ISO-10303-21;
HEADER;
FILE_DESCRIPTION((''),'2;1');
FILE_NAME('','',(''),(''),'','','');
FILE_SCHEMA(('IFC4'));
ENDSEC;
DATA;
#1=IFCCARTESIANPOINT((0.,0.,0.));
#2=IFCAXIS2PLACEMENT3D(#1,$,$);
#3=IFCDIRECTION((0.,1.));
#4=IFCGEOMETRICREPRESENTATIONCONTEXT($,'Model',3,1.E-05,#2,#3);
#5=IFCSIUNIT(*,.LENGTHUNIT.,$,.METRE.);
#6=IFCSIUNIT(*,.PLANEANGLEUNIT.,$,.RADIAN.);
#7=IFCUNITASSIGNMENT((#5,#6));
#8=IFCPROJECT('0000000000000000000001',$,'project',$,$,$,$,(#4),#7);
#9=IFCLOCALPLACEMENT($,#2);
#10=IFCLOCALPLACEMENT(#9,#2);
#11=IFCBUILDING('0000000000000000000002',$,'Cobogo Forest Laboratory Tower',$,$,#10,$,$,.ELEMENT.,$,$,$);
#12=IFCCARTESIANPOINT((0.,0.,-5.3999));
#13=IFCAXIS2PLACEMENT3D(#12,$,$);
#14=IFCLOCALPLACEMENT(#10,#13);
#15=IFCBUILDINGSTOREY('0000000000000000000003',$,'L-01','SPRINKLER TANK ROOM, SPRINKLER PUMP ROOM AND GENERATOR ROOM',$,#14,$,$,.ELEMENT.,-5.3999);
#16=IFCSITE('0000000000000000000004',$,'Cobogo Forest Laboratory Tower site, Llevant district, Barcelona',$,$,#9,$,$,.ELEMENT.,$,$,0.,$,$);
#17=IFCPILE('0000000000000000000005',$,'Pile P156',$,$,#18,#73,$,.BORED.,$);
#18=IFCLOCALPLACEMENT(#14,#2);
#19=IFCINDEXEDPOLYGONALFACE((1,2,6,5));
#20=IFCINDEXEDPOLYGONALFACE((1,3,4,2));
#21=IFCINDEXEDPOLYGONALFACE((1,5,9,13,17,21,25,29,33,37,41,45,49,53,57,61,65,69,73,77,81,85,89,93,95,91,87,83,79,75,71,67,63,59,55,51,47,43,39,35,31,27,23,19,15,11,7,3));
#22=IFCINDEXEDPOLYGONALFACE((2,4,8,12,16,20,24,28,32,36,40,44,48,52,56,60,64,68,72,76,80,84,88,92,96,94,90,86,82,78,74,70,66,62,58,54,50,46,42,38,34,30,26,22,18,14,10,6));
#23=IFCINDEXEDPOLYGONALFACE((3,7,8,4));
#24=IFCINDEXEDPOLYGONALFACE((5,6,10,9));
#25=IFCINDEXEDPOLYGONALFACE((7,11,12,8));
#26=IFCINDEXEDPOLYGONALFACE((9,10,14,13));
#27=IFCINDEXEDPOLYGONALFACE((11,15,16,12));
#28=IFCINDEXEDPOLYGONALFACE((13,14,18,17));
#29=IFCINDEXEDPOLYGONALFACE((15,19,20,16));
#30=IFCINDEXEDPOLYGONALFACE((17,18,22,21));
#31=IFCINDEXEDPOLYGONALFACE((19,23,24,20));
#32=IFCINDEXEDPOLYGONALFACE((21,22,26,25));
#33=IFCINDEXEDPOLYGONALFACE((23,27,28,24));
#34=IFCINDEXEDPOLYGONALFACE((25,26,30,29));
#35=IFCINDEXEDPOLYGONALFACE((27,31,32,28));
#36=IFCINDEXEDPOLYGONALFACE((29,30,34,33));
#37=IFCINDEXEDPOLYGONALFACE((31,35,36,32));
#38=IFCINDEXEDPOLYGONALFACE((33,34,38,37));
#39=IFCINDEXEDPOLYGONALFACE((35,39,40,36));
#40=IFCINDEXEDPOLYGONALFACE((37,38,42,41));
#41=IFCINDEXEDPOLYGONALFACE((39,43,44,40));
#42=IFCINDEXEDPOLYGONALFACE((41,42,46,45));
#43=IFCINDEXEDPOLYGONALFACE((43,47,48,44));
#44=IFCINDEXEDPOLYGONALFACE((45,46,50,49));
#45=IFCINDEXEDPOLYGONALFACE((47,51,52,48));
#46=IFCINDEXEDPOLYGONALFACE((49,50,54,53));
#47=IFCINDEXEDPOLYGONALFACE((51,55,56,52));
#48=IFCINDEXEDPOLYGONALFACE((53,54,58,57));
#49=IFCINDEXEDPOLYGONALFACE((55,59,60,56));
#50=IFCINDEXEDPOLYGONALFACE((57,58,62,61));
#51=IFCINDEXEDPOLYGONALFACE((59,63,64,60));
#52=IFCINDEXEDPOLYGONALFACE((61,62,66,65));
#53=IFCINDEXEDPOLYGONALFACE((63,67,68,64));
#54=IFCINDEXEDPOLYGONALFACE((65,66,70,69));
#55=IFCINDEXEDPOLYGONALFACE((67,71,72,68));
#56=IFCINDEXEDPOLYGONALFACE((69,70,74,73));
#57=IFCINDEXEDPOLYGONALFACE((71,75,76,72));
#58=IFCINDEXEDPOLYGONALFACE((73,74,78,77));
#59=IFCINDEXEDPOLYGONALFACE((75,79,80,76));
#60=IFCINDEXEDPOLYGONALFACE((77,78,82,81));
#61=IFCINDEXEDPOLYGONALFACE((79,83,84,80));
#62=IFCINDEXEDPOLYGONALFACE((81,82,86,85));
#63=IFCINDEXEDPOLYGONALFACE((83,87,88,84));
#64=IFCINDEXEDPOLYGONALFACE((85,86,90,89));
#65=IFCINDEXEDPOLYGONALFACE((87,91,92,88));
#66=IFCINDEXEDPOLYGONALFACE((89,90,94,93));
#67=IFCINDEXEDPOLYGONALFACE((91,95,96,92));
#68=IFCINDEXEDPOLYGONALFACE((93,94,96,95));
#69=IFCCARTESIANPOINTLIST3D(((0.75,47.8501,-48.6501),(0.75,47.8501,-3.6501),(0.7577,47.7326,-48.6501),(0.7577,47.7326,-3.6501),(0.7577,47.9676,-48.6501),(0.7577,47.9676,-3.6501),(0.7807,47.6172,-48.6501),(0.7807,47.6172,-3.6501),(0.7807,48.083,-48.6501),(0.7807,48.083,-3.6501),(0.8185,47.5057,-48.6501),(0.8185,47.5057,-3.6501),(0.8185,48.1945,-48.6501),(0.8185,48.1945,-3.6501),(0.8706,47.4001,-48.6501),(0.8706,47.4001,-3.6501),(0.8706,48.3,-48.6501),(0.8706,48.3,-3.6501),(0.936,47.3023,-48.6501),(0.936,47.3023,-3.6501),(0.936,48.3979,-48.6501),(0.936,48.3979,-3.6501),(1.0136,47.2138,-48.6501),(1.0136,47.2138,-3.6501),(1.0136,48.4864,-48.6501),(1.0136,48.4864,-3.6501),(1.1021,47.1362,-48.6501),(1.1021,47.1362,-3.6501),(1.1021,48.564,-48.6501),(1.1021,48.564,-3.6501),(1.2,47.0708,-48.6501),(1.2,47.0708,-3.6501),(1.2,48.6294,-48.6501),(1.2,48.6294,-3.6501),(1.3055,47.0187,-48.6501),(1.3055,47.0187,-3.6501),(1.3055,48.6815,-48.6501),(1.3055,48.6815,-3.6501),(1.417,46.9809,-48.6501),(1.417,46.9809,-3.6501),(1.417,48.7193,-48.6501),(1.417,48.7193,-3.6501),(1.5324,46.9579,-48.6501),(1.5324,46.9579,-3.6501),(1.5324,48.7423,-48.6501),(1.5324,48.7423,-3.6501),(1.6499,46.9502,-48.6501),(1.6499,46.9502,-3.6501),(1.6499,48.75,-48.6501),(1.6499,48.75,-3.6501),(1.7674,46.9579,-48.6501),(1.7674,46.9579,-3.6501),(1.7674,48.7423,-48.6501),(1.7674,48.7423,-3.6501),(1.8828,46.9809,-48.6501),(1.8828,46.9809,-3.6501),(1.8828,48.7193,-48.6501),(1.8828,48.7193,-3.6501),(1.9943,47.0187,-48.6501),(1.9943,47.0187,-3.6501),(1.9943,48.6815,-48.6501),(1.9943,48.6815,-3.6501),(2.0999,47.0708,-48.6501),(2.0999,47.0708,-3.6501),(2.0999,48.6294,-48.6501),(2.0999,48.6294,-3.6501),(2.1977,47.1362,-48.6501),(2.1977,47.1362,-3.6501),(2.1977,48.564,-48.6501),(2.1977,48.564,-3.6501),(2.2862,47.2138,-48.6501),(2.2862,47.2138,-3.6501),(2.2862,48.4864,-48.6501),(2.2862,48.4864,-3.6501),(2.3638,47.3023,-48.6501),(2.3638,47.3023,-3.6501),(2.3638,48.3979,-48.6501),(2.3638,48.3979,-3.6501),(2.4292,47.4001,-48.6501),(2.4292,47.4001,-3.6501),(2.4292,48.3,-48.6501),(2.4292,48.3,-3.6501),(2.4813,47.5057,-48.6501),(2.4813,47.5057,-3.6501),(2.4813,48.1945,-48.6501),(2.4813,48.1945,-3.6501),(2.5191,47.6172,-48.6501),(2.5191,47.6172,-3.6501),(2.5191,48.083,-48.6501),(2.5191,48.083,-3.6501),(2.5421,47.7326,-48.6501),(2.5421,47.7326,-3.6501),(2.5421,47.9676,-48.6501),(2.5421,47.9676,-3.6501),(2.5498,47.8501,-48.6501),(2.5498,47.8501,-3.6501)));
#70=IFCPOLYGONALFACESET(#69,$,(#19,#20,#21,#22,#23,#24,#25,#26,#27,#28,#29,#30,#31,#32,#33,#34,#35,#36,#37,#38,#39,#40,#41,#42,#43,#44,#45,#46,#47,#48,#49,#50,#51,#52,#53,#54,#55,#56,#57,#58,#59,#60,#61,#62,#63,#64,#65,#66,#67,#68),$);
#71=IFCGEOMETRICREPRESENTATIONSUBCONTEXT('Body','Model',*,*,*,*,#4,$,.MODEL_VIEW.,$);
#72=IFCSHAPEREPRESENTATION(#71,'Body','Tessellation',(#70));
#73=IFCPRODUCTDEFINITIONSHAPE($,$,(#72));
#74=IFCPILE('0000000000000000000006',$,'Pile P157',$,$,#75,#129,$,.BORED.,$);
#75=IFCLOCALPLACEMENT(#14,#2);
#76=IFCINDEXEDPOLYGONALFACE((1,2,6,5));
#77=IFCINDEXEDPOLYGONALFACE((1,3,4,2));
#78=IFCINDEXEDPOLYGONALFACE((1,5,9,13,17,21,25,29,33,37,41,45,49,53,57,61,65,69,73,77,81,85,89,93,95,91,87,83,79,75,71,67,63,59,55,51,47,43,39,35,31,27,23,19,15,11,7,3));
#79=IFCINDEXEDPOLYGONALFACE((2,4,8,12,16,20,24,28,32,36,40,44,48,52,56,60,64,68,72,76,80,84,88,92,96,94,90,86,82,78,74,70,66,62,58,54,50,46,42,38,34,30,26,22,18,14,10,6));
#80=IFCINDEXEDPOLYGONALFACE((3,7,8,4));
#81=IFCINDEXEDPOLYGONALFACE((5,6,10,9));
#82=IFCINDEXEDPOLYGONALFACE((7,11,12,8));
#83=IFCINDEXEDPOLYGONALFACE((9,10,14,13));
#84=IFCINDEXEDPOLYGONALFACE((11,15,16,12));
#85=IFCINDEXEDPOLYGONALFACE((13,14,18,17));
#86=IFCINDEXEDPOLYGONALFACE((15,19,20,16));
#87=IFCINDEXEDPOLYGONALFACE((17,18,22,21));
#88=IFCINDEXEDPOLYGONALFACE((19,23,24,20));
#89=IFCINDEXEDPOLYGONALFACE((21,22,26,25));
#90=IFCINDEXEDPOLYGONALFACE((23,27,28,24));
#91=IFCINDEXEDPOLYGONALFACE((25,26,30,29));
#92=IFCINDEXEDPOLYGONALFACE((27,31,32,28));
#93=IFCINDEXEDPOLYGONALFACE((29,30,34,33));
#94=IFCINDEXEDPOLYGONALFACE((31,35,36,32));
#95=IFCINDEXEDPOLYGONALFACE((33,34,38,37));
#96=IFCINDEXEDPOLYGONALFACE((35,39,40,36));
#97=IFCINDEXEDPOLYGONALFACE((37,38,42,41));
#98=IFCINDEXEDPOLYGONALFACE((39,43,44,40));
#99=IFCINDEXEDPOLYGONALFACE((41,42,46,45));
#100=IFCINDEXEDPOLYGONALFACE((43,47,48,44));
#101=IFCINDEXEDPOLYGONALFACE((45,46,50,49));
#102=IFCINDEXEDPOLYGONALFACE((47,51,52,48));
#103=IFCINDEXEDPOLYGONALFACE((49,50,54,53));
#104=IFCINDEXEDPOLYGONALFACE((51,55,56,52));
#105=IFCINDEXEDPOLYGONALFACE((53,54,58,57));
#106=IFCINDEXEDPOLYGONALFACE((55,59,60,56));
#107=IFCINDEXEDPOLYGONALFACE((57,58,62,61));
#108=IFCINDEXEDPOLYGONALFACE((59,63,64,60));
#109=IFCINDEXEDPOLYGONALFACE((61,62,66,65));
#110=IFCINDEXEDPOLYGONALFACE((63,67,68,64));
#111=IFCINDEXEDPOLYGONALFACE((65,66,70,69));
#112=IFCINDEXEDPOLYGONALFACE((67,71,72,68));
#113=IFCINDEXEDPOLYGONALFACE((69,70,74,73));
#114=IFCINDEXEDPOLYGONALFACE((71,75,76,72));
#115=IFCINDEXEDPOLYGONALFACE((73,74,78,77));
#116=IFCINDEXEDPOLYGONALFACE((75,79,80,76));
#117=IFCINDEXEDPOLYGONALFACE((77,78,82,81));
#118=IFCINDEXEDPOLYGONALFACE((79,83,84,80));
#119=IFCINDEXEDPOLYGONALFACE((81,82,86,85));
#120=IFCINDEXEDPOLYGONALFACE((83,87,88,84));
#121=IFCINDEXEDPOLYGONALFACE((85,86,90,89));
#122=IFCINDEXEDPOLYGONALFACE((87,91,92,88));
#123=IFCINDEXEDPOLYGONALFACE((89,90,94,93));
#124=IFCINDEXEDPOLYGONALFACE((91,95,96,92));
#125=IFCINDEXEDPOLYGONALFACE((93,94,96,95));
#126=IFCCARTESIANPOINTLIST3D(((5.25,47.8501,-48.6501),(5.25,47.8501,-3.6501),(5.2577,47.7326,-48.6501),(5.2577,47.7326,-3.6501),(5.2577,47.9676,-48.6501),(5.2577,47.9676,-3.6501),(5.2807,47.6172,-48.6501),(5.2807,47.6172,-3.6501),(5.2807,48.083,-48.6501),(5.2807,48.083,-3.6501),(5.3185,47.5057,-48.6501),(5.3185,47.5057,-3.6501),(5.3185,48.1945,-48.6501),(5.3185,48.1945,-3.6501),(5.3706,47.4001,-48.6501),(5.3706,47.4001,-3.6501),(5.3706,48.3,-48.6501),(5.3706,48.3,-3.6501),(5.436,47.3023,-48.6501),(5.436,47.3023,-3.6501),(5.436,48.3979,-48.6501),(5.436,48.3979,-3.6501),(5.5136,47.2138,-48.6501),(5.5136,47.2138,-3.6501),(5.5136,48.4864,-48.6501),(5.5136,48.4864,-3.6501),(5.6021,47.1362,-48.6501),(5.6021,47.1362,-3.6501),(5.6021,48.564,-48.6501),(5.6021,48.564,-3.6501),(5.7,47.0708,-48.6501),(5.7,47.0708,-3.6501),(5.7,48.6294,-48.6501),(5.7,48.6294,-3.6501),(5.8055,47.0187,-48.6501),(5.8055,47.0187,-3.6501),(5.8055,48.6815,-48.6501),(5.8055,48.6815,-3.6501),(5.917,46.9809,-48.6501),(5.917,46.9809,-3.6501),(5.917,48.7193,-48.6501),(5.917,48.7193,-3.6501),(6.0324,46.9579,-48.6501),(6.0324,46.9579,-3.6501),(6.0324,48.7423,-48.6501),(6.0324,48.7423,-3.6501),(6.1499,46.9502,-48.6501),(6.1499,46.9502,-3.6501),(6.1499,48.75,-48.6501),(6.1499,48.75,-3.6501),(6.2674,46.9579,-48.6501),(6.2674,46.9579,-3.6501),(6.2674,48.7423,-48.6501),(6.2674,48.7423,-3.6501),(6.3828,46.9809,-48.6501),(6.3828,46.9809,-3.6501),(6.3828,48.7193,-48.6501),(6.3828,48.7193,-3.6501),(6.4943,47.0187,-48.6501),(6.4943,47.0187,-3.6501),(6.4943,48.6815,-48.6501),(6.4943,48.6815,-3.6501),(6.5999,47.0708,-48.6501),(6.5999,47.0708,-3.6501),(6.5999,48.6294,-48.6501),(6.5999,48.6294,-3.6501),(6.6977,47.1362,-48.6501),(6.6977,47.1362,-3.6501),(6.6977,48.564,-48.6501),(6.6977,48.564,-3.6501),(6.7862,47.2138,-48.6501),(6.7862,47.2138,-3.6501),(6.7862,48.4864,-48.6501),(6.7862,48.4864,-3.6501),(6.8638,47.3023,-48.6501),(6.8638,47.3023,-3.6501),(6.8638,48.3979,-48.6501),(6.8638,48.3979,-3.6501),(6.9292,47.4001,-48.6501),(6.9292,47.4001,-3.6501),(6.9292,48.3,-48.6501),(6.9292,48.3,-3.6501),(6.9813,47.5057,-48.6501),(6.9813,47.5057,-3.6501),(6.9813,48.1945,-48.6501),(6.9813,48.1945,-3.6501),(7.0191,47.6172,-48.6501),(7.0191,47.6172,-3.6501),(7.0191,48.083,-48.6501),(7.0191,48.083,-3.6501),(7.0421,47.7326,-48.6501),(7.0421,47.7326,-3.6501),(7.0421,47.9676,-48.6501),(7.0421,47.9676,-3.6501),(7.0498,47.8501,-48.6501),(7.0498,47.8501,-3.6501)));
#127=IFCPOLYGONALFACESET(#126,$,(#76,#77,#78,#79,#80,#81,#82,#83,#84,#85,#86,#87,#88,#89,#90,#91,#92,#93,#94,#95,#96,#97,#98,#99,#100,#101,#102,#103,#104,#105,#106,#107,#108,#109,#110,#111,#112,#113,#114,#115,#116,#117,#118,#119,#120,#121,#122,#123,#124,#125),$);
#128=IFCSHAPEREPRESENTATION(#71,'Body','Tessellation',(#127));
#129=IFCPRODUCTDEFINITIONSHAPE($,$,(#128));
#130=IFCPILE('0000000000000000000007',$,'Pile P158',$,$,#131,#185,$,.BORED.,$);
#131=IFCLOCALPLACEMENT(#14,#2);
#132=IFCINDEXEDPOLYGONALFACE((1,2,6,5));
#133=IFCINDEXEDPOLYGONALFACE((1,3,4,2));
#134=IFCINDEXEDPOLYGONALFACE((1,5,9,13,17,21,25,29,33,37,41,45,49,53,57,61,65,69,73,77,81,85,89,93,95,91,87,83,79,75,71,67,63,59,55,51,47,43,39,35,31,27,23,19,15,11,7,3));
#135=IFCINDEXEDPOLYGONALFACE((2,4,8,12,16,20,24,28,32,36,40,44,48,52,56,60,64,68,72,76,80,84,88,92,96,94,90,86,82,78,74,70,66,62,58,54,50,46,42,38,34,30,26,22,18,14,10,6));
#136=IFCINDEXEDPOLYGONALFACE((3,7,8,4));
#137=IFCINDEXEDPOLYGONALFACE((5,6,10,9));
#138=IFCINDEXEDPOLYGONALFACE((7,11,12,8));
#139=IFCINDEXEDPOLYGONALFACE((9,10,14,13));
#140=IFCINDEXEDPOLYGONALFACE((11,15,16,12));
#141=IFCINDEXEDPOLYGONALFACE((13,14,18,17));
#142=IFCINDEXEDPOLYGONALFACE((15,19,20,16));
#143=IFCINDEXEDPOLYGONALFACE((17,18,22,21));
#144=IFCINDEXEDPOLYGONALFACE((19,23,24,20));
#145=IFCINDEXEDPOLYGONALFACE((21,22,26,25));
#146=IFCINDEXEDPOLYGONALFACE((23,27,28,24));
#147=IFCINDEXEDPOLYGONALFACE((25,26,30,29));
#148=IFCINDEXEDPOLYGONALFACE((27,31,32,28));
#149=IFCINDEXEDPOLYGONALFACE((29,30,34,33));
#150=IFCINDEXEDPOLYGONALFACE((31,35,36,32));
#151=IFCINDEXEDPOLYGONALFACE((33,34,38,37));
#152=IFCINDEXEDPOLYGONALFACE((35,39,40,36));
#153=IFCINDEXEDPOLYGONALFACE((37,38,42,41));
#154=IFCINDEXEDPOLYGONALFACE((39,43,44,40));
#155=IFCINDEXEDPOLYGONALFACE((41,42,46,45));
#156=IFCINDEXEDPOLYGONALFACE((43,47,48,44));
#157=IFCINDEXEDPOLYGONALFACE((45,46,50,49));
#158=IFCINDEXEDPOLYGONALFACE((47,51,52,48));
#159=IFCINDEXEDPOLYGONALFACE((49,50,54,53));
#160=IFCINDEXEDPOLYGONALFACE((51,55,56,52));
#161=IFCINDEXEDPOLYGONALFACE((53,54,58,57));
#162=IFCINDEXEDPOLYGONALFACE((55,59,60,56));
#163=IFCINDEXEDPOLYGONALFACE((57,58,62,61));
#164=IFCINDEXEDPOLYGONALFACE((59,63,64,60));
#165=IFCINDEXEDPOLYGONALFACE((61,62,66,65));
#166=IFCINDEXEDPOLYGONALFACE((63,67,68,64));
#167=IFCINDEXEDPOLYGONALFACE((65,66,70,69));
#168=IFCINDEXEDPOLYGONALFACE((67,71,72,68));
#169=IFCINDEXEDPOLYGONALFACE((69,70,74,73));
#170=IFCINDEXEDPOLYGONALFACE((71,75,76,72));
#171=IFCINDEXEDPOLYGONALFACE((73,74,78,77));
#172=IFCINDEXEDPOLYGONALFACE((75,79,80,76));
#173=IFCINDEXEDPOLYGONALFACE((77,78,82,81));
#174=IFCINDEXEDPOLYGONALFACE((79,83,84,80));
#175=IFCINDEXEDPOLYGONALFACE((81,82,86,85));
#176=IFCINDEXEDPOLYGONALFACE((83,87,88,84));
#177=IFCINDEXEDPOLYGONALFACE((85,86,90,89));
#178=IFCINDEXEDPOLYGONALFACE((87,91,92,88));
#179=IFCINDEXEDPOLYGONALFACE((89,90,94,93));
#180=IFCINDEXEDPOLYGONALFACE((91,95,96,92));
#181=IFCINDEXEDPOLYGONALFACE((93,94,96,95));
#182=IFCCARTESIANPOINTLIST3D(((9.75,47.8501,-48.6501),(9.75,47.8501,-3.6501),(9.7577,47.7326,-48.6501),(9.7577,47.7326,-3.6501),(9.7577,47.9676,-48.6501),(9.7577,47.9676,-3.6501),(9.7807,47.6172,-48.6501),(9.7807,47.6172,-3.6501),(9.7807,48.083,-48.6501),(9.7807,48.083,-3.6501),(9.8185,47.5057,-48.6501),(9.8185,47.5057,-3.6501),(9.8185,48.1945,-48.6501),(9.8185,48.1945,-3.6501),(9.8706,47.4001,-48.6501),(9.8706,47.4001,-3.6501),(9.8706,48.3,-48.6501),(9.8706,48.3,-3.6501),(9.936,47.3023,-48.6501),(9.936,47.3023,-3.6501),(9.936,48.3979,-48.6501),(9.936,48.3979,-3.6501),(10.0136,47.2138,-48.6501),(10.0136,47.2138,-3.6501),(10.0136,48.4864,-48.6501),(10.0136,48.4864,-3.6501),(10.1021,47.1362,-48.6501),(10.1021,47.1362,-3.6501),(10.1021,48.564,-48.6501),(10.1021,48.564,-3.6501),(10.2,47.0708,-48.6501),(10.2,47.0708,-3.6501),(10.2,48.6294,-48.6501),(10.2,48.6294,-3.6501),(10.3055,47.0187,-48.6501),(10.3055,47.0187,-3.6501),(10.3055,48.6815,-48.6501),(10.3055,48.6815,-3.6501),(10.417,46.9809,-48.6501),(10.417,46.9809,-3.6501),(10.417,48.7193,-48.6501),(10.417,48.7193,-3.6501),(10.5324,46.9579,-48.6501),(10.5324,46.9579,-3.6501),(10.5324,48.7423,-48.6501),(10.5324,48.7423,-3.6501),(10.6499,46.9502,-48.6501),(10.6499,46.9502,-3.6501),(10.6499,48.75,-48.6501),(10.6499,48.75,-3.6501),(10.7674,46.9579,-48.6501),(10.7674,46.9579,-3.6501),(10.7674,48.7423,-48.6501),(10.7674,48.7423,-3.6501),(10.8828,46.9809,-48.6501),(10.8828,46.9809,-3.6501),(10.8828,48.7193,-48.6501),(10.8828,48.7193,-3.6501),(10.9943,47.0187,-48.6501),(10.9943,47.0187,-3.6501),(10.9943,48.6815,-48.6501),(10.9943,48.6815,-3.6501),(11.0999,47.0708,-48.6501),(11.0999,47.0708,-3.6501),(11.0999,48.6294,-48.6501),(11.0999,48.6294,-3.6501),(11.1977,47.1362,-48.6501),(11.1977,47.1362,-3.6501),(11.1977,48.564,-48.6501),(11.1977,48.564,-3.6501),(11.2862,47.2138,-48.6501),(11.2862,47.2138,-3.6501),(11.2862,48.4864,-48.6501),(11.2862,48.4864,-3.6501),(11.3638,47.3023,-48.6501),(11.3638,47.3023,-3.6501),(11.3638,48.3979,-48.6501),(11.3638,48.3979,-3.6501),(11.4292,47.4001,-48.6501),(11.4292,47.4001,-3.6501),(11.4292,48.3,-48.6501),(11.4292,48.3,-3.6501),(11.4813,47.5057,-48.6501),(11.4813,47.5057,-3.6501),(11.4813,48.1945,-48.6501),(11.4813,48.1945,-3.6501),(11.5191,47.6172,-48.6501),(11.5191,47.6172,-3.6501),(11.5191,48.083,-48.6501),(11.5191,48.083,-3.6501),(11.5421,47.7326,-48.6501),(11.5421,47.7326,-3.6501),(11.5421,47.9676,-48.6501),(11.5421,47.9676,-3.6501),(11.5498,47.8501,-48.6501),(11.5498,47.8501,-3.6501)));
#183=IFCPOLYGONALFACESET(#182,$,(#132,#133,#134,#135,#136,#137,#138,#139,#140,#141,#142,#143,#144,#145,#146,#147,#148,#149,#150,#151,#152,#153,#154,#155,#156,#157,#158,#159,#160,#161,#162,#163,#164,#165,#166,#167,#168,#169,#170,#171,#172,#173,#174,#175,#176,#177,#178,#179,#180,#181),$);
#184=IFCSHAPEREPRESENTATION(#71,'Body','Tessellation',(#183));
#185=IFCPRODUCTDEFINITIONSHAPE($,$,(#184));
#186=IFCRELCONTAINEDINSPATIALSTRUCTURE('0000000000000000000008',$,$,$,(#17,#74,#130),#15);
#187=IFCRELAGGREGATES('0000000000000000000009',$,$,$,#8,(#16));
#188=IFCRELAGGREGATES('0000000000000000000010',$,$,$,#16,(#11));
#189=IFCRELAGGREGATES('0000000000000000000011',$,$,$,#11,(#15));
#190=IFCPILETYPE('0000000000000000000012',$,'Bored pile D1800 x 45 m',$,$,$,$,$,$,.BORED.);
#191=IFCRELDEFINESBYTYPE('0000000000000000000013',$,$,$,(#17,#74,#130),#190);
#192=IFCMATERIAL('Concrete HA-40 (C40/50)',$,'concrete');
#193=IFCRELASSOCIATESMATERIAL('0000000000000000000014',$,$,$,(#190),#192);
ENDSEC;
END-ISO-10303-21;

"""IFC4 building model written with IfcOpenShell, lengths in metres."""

from ifc_helpers import new_model, si_unit, direction, frame, origin, origin_2d, place, context, subcontext, project, spatial, circle, extrude, material, material_profile, profile_set, type_object, element, save


model = new_model("IFC4")

# Units and contexts
model_context = context("Model", 3, precision=1e-05, world=origin(), true_north=direction((0.0, 1.0)))
body_context = subcontext(model_context, "Body", "Model", "MODEL_VIEW")
ifc_project = project(units=[si_unit("LENGTHUNIT", "METRE"), si_unit("PLANEANGLEUNIT", "RADIAN")], contexts=[model_context])

# Site, building, storey
site_placement = place(None, origin())
site = spatial("IfcSite", under=ifc_project, at=site_placement, Name="Cobogo Forest Laboratory Tower site, Llevant district, Barcelona", CompositionType="ELEMENT", RefElevation=0.0)
building_placement = place(site_placement, origin())
building = spatial("IfcBuilding", under=site, at=building_placement, Name="Cobogo Forest Laboratory Tower", CompositionType="ELEMENT")
storey_placement = place(building_placement, frame((0.0, 0.0, -5.3999)))
storey = spatial("IfcBuildingStorey", under=building, at=storey_placement, Name="L-01", Description="SPRINKLER TANK ROOM, SPRINKLER PUMP ROOM AND GENERATOR ROOM", CompositionType="ELEMENT", Elevation=-5.3999)

# Piles
ifc_material_1 = material(Name="Concrete HA-40 (C40/50)", Category="concrete")
ifc_material_profile_1 = material_profile(ifc_material_1, circle(Radius=0.8999, at=origin_2d()), Name="PILE D1800")
ifc_profile_set_1 = profile_set([ifc_material_profile_1], Name="Concrete HA-40 (C40/50)")
pile_type_1 = type_object("IfcPileType", Name="Bored pile D1800 x 45 m", PredefinedType="BORED", material=ifc_profile_set_1)
for number, where, z_axis, x_axis, name in (
    (1, (1.6499, 47.8501, -3.6501), (0.0, 0.0, -1.0), (1.0, 0.0, 0.0), "Pile P156"),
    (2, (6.1499, 47.8501, -3.6501), (0.0, 0.0, -1.0), (1.0, 0.0, 0.0), "Pile P157"),
    (3, (10.6499, 47.8501, -3.6501), (0.0, 0.0, -1.0), (1.0, 0.0, 0.0), "Pile P158"),
):
    element("IfcPile", number, at=place(storey_placement, frame(where, z_axis=z_axis, x_axis=x_axis)), inside=storey, type_object=pile_type_1, Name=name, PredefinedType="BORED", context=body_context, shape_type="SweptSolid", body=[
        extrude(circle(Radius=0.8999, at=origin_2d()), origin(), (0.0, 0.0, 1.0), 45.0),
    ])

save(model, "model.ifc")
